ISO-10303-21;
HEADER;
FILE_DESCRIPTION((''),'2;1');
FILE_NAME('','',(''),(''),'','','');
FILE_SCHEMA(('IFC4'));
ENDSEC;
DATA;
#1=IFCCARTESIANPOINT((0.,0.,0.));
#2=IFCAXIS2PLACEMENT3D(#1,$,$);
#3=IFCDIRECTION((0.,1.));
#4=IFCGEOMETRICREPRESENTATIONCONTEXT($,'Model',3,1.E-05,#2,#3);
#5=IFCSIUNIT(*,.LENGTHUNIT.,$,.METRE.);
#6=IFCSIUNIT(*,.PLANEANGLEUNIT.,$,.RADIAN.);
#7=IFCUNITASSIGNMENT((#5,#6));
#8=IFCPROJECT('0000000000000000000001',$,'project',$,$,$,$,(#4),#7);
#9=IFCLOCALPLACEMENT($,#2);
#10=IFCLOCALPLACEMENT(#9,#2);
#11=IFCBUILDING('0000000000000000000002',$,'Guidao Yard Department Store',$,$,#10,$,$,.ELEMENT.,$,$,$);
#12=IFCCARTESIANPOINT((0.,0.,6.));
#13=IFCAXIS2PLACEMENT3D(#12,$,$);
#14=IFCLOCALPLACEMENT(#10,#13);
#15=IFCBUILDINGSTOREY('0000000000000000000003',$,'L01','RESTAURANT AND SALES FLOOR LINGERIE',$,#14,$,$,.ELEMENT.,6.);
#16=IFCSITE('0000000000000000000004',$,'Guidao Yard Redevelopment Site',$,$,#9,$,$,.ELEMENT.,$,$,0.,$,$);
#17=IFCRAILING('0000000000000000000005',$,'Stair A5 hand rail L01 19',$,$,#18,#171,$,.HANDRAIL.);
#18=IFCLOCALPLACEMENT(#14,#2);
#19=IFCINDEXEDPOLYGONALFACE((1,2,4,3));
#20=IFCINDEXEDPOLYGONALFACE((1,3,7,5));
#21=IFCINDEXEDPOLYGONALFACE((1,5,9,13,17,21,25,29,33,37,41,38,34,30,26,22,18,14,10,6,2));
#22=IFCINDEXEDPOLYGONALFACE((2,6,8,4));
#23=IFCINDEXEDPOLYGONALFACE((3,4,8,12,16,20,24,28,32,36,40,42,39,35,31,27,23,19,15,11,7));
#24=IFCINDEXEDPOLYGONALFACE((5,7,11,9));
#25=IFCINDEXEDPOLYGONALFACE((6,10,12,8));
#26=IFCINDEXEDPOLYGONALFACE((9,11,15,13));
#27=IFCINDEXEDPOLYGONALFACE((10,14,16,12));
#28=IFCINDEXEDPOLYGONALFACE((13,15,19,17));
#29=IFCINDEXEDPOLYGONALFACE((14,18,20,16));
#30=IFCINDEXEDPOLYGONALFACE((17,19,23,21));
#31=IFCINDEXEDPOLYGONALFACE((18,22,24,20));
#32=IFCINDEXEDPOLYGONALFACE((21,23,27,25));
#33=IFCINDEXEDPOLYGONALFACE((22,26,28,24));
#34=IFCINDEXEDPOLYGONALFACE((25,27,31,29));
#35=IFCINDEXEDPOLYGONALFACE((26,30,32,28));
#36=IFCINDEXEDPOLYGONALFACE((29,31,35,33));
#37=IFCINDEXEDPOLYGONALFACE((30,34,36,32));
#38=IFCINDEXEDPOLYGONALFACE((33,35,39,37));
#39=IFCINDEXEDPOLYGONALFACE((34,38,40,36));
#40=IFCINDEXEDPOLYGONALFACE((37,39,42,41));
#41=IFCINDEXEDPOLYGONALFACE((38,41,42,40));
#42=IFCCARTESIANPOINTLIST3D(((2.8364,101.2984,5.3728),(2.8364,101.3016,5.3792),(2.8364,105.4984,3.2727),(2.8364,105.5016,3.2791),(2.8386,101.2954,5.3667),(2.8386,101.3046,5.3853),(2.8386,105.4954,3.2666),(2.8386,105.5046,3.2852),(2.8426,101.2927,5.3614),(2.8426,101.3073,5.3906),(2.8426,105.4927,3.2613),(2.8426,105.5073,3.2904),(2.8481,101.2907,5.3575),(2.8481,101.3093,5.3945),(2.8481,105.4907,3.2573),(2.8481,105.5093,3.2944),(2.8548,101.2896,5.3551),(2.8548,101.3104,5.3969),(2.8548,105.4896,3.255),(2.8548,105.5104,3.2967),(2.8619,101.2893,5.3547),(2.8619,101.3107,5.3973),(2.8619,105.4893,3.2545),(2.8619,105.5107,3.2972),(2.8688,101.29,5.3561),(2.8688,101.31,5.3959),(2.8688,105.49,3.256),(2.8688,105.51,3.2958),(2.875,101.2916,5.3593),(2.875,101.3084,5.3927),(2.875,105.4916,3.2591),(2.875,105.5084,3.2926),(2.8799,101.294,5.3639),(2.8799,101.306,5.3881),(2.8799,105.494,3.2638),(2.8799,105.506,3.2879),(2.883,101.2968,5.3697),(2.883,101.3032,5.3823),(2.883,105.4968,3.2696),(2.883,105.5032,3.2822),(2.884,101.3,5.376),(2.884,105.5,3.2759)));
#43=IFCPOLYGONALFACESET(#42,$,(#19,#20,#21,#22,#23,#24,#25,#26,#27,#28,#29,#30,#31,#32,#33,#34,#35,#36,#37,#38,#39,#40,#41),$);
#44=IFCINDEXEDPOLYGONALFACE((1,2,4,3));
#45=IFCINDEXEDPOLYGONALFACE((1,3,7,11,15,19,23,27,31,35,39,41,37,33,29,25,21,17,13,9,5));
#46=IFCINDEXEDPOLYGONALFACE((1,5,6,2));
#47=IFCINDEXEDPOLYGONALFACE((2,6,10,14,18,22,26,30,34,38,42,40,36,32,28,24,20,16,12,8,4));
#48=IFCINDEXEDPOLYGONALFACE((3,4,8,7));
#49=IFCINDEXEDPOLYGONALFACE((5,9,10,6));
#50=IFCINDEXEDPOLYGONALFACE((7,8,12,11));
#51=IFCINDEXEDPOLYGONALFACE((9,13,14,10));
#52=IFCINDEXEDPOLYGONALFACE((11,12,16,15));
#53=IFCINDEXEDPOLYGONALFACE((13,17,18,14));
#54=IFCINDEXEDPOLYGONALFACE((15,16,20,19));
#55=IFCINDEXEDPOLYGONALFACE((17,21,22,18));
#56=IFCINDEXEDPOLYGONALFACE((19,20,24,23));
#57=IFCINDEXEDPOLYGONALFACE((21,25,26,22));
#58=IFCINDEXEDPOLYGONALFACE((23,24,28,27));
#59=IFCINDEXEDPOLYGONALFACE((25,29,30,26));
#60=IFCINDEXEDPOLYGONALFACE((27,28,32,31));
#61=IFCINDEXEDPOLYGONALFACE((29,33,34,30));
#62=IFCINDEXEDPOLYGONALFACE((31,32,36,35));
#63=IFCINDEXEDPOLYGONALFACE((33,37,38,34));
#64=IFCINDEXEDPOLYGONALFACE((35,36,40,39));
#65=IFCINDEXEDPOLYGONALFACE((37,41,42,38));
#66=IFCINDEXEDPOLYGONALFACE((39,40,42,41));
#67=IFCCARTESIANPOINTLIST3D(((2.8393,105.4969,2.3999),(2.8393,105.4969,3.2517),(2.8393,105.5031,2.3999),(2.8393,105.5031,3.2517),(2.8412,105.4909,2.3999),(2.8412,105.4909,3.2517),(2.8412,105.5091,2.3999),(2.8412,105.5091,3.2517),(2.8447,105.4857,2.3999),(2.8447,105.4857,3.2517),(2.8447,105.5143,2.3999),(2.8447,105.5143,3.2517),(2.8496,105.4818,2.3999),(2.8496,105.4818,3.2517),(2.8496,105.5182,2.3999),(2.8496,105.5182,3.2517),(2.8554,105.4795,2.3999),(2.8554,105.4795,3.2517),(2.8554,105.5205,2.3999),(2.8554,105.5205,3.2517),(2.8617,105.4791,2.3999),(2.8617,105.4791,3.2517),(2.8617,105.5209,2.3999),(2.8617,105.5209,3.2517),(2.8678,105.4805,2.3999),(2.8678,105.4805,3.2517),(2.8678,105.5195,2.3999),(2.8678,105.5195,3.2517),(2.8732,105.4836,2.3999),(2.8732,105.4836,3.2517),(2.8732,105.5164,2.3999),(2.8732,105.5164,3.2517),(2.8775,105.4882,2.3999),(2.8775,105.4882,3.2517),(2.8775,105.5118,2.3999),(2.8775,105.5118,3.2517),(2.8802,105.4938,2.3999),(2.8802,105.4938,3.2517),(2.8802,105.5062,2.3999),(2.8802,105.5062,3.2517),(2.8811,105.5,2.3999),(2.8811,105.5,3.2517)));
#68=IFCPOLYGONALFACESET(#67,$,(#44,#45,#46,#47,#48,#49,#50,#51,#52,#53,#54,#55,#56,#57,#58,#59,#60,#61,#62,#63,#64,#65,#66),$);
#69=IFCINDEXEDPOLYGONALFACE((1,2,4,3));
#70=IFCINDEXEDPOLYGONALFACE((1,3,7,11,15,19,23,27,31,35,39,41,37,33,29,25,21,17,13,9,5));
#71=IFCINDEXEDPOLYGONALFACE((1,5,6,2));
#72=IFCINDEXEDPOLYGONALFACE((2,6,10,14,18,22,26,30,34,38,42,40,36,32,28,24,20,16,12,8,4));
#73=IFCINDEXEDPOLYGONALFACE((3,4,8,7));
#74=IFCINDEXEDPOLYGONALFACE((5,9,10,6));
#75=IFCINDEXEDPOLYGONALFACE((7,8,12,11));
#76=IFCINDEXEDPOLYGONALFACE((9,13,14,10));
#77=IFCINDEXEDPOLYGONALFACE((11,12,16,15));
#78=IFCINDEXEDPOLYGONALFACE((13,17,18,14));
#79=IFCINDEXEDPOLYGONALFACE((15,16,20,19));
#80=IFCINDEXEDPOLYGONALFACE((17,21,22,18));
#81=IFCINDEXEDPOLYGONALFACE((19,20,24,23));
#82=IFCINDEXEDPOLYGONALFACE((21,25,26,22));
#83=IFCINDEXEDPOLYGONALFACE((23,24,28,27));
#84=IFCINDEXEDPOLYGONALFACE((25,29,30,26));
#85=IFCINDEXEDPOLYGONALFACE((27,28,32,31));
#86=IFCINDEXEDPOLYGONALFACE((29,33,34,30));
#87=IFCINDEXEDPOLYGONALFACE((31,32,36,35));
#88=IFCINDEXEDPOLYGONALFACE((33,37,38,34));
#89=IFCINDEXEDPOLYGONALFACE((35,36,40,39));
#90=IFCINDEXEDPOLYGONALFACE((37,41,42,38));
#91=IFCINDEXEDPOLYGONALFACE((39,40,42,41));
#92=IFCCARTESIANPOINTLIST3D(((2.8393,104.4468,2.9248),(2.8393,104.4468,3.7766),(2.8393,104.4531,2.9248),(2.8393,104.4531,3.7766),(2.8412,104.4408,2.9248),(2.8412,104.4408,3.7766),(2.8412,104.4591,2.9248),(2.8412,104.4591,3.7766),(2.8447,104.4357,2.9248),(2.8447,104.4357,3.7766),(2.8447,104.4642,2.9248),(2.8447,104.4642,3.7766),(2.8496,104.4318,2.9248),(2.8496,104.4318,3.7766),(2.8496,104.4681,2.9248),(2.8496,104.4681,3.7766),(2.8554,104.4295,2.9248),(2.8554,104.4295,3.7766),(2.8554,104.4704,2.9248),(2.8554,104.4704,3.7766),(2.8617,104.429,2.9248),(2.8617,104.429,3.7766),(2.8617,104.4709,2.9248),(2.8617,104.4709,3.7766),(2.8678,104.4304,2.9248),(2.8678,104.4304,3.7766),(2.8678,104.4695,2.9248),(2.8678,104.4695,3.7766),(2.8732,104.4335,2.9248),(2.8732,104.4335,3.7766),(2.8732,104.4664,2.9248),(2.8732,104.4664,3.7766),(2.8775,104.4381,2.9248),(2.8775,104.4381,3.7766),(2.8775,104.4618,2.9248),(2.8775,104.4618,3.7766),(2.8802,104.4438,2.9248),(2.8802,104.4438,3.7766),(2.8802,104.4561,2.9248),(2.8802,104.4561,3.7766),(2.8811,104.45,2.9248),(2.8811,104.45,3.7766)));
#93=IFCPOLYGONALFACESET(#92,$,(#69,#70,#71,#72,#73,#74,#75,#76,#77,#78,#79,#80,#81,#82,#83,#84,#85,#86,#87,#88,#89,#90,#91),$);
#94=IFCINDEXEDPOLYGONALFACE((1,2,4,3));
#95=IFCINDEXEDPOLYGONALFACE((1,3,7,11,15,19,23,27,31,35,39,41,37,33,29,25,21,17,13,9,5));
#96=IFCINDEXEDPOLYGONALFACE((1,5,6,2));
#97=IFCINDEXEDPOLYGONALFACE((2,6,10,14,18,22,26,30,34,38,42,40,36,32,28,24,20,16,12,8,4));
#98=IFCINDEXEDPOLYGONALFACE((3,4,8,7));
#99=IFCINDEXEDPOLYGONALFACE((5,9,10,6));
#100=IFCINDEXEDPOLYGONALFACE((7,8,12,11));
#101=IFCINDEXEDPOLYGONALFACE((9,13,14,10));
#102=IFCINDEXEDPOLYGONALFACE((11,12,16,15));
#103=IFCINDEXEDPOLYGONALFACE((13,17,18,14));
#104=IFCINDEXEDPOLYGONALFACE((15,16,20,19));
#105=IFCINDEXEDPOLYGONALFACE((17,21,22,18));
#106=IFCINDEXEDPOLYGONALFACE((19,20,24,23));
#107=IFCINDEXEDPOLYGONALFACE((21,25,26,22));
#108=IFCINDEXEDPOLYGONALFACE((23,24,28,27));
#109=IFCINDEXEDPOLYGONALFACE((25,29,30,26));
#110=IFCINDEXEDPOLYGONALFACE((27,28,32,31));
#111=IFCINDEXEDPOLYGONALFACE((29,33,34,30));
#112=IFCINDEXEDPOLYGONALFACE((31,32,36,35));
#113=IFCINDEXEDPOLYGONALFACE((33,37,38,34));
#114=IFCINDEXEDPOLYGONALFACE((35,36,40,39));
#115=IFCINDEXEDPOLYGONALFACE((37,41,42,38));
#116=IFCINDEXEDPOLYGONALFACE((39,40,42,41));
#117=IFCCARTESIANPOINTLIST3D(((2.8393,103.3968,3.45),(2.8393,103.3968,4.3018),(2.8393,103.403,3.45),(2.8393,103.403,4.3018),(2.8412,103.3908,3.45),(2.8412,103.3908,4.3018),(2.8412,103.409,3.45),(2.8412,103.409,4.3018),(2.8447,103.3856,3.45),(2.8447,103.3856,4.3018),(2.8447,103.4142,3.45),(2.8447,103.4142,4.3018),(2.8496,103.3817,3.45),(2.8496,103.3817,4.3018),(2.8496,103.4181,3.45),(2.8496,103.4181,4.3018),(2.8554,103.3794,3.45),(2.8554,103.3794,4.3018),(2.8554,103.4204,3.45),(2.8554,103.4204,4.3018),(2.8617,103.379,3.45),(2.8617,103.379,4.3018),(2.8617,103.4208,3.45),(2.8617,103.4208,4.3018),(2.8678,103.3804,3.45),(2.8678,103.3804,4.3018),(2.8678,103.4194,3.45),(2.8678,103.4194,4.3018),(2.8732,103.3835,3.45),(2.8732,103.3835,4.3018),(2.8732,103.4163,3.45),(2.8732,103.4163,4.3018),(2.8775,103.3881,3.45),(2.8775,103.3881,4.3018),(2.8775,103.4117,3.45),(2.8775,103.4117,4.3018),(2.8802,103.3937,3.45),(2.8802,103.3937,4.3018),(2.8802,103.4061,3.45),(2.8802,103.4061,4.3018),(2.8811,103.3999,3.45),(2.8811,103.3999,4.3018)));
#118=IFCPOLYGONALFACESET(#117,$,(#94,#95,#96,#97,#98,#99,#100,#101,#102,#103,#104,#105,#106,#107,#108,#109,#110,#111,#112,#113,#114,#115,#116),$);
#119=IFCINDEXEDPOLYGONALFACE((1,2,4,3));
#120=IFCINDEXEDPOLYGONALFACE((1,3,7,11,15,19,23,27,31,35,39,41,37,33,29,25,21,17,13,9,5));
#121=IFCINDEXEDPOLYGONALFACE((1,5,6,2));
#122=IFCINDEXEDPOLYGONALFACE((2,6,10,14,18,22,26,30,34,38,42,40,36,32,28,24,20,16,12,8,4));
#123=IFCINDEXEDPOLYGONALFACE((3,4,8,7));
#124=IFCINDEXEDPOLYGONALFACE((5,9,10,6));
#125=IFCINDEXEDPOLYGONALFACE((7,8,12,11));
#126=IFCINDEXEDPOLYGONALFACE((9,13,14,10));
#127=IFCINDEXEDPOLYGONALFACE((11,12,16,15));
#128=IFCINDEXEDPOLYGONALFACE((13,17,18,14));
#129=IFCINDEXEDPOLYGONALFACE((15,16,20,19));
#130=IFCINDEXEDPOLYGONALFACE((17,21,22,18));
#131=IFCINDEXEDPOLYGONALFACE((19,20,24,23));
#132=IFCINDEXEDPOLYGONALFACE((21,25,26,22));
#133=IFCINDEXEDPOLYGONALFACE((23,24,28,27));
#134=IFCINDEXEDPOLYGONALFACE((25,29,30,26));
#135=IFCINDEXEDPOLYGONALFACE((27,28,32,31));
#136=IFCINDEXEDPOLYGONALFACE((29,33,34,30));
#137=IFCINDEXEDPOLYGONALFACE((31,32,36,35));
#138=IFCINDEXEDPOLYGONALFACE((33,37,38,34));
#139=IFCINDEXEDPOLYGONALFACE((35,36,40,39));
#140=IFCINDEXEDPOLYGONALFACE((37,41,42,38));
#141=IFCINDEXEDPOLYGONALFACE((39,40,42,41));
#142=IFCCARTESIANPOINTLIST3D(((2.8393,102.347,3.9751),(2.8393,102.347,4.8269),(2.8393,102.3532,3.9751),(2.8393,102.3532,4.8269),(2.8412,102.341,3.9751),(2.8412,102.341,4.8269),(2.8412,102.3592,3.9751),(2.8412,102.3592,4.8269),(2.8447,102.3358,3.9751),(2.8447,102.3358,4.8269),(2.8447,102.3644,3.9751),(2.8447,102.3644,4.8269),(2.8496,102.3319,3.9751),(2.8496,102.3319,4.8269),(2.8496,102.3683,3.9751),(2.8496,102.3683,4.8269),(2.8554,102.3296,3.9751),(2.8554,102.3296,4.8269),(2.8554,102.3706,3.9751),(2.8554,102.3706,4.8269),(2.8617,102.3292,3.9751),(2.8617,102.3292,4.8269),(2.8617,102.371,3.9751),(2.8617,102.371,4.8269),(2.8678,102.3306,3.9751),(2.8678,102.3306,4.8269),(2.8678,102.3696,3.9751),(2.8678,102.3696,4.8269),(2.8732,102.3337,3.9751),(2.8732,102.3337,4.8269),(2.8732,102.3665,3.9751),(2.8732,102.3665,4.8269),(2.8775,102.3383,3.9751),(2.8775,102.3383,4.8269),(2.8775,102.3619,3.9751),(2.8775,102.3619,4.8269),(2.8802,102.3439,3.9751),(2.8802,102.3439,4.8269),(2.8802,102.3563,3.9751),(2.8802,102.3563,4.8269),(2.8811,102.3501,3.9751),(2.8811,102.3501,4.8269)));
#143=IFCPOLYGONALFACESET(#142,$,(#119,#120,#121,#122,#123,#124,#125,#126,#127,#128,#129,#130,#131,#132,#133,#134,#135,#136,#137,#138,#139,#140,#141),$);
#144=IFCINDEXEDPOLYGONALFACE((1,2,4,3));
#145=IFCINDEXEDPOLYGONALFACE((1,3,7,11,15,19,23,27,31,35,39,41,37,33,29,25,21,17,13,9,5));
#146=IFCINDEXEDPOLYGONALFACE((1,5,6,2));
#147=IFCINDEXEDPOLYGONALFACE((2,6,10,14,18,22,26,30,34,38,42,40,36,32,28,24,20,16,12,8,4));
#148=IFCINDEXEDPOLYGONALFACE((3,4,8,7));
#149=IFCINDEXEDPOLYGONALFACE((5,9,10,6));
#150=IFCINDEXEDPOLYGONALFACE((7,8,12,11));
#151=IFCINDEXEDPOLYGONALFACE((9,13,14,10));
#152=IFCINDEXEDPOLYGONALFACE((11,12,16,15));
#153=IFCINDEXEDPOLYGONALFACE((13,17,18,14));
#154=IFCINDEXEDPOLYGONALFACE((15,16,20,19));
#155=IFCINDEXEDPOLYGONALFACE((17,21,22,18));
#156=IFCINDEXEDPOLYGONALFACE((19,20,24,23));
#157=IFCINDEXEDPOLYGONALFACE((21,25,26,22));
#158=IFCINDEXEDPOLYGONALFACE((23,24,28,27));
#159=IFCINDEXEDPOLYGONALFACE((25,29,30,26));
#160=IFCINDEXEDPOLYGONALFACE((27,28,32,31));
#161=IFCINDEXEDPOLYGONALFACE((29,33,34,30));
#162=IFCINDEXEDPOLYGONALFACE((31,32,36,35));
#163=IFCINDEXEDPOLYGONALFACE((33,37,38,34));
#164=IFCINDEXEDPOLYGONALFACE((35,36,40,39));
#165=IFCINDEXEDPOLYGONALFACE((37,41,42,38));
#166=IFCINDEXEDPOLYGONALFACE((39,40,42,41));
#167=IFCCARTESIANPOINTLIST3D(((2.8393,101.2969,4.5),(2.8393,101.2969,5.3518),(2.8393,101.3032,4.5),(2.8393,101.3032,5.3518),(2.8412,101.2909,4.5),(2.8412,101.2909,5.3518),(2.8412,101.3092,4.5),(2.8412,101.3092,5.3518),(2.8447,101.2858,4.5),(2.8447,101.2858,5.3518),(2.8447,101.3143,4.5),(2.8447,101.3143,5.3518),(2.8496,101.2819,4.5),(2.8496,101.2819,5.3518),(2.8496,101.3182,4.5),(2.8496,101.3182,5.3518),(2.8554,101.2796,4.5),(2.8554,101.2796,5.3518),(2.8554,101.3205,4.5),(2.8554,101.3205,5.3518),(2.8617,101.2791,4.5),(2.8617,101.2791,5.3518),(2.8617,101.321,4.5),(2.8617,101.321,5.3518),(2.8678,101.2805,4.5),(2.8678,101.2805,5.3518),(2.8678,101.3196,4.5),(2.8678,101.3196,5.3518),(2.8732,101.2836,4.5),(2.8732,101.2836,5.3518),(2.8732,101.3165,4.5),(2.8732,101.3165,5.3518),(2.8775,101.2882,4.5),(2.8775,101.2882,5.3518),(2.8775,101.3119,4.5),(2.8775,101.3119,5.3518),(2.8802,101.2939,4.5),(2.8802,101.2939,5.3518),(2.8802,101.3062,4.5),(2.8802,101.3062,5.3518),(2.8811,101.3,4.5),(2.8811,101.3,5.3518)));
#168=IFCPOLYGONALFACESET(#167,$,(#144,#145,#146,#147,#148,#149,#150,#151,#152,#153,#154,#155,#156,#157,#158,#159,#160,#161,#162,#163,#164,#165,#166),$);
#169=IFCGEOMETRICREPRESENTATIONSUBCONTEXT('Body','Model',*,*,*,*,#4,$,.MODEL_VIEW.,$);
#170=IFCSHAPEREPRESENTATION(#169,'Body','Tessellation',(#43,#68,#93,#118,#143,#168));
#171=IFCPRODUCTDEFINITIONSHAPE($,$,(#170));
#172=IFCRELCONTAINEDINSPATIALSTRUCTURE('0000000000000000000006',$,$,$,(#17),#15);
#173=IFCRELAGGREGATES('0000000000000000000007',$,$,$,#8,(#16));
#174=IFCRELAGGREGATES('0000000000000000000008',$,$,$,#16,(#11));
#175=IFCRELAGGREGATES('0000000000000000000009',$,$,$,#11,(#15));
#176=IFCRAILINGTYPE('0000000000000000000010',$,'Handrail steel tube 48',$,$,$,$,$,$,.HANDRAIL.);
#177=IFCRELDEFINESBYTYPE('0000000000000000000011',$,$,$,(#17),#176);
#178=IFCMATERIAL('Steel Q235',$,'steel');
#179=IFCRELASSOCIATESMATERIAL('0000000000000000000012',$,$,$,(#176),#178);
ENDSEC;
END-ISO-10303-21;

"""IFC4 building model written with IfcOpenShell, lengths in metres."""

from ifc_helpers import new_model, si_unit, direction, frame, origin, origin_2d, place, context, subcontext, project, spatial, circle, extrude, material, type_object, element, save


model = new_model("IFC4")

# Units and contexts
model_context = context("Model", 3, precision=1e-05, world=origin(), true_north=direction((0.0, 1.0)))
body_context = subcontext(model_context, "Body", "Model", "MODEL_VIEW")
ifc_project = project(units=[si_unit("LENGTHUNIT", "METRE"), si_unit("PLANEANGLEUNIT", "RADIAN")], contexts=[model_context])

# Site, building, storey
site_placement = place(None, origin())
site = spatial("IfcSite", under=ifc_project, at=site_placement, Name="Guidao Yard Redevelopment Site", CompositionType="ELEMENT", RefElevation=0.0)
building_placement = place(site_placement, origin())
building = spatial("IfcBuilding", under=site, at=building_placement, Name="Guidao Yard Department Store", CompositionType="ELEMENT")
storey_placement = place(building_placement, frame((0.0, 0.0, 6.0)))
storey = spatial("IfcBuildingStorey", under=building, at=storey_placement, Name="L01", Description="RESTAURANT AND SALES FLOOR LINGERIE", CompositionType="ELEMENT", Elevation=6.0)

# Railing
ifc_material_1 = material(Name="Steel Q235", Category="steel")
railing_type_1 = type_object("IfcRailingType", Name="Handrail steel tube 48", PredefinedType="HANDRAIL", material=ifc_material_1)
for number, where, name in (
    (1, (2.8601, 105.5, 2.3999), "Stair A5 hand rail L01 19"),
):
    element("IfcRailing", number, at=place(storey_placement, frame(where)), inside=storey, type_object=railing_type_1, Name=name, PredefinedType="HANDRAIL", context=body_context, shape_type="SweptSolid", body=[
        extrude(circle(Radius=0.0239, at=origin_2d()), frame((0.0, 0.0, 0.876), z_axis=(0.0, -0.894417, 0.447234), x_axis=(1.0, 0.0, 0.0)), (0.0, 0.0, 1.0), 4.6958),
        extrude(circle(Radius=0.021, at=origin_2d()), origin(), (0.0, 0.0, 1.0), 0.8518),
        extrude(circle(Radius=0.021, at=origin_2d()), frame((0.0, -1.05, 0.5249)), (0.0, 0.0, 1.0), 0.8518),
        extrude(circle(Radius=0.021, at=origin_2d()), frame((0.0, -2.1001, 1.05)), (0.0, 0.0, 1.0), 0.8518),
        extrude(circle(Radius=0.021, at=origin_2d()), frame((0.0, -3.1499, 1.5752)), (0.0, 0.0, 1.0), 0.8518),
        extrude(circle(Radius=0.021, at=origin_2d()), frame((0.0, -4.2, 2.1001)), (0.0, 0.0, 1.0), 0.8518),
    ])

save(model, "model.ifc")
